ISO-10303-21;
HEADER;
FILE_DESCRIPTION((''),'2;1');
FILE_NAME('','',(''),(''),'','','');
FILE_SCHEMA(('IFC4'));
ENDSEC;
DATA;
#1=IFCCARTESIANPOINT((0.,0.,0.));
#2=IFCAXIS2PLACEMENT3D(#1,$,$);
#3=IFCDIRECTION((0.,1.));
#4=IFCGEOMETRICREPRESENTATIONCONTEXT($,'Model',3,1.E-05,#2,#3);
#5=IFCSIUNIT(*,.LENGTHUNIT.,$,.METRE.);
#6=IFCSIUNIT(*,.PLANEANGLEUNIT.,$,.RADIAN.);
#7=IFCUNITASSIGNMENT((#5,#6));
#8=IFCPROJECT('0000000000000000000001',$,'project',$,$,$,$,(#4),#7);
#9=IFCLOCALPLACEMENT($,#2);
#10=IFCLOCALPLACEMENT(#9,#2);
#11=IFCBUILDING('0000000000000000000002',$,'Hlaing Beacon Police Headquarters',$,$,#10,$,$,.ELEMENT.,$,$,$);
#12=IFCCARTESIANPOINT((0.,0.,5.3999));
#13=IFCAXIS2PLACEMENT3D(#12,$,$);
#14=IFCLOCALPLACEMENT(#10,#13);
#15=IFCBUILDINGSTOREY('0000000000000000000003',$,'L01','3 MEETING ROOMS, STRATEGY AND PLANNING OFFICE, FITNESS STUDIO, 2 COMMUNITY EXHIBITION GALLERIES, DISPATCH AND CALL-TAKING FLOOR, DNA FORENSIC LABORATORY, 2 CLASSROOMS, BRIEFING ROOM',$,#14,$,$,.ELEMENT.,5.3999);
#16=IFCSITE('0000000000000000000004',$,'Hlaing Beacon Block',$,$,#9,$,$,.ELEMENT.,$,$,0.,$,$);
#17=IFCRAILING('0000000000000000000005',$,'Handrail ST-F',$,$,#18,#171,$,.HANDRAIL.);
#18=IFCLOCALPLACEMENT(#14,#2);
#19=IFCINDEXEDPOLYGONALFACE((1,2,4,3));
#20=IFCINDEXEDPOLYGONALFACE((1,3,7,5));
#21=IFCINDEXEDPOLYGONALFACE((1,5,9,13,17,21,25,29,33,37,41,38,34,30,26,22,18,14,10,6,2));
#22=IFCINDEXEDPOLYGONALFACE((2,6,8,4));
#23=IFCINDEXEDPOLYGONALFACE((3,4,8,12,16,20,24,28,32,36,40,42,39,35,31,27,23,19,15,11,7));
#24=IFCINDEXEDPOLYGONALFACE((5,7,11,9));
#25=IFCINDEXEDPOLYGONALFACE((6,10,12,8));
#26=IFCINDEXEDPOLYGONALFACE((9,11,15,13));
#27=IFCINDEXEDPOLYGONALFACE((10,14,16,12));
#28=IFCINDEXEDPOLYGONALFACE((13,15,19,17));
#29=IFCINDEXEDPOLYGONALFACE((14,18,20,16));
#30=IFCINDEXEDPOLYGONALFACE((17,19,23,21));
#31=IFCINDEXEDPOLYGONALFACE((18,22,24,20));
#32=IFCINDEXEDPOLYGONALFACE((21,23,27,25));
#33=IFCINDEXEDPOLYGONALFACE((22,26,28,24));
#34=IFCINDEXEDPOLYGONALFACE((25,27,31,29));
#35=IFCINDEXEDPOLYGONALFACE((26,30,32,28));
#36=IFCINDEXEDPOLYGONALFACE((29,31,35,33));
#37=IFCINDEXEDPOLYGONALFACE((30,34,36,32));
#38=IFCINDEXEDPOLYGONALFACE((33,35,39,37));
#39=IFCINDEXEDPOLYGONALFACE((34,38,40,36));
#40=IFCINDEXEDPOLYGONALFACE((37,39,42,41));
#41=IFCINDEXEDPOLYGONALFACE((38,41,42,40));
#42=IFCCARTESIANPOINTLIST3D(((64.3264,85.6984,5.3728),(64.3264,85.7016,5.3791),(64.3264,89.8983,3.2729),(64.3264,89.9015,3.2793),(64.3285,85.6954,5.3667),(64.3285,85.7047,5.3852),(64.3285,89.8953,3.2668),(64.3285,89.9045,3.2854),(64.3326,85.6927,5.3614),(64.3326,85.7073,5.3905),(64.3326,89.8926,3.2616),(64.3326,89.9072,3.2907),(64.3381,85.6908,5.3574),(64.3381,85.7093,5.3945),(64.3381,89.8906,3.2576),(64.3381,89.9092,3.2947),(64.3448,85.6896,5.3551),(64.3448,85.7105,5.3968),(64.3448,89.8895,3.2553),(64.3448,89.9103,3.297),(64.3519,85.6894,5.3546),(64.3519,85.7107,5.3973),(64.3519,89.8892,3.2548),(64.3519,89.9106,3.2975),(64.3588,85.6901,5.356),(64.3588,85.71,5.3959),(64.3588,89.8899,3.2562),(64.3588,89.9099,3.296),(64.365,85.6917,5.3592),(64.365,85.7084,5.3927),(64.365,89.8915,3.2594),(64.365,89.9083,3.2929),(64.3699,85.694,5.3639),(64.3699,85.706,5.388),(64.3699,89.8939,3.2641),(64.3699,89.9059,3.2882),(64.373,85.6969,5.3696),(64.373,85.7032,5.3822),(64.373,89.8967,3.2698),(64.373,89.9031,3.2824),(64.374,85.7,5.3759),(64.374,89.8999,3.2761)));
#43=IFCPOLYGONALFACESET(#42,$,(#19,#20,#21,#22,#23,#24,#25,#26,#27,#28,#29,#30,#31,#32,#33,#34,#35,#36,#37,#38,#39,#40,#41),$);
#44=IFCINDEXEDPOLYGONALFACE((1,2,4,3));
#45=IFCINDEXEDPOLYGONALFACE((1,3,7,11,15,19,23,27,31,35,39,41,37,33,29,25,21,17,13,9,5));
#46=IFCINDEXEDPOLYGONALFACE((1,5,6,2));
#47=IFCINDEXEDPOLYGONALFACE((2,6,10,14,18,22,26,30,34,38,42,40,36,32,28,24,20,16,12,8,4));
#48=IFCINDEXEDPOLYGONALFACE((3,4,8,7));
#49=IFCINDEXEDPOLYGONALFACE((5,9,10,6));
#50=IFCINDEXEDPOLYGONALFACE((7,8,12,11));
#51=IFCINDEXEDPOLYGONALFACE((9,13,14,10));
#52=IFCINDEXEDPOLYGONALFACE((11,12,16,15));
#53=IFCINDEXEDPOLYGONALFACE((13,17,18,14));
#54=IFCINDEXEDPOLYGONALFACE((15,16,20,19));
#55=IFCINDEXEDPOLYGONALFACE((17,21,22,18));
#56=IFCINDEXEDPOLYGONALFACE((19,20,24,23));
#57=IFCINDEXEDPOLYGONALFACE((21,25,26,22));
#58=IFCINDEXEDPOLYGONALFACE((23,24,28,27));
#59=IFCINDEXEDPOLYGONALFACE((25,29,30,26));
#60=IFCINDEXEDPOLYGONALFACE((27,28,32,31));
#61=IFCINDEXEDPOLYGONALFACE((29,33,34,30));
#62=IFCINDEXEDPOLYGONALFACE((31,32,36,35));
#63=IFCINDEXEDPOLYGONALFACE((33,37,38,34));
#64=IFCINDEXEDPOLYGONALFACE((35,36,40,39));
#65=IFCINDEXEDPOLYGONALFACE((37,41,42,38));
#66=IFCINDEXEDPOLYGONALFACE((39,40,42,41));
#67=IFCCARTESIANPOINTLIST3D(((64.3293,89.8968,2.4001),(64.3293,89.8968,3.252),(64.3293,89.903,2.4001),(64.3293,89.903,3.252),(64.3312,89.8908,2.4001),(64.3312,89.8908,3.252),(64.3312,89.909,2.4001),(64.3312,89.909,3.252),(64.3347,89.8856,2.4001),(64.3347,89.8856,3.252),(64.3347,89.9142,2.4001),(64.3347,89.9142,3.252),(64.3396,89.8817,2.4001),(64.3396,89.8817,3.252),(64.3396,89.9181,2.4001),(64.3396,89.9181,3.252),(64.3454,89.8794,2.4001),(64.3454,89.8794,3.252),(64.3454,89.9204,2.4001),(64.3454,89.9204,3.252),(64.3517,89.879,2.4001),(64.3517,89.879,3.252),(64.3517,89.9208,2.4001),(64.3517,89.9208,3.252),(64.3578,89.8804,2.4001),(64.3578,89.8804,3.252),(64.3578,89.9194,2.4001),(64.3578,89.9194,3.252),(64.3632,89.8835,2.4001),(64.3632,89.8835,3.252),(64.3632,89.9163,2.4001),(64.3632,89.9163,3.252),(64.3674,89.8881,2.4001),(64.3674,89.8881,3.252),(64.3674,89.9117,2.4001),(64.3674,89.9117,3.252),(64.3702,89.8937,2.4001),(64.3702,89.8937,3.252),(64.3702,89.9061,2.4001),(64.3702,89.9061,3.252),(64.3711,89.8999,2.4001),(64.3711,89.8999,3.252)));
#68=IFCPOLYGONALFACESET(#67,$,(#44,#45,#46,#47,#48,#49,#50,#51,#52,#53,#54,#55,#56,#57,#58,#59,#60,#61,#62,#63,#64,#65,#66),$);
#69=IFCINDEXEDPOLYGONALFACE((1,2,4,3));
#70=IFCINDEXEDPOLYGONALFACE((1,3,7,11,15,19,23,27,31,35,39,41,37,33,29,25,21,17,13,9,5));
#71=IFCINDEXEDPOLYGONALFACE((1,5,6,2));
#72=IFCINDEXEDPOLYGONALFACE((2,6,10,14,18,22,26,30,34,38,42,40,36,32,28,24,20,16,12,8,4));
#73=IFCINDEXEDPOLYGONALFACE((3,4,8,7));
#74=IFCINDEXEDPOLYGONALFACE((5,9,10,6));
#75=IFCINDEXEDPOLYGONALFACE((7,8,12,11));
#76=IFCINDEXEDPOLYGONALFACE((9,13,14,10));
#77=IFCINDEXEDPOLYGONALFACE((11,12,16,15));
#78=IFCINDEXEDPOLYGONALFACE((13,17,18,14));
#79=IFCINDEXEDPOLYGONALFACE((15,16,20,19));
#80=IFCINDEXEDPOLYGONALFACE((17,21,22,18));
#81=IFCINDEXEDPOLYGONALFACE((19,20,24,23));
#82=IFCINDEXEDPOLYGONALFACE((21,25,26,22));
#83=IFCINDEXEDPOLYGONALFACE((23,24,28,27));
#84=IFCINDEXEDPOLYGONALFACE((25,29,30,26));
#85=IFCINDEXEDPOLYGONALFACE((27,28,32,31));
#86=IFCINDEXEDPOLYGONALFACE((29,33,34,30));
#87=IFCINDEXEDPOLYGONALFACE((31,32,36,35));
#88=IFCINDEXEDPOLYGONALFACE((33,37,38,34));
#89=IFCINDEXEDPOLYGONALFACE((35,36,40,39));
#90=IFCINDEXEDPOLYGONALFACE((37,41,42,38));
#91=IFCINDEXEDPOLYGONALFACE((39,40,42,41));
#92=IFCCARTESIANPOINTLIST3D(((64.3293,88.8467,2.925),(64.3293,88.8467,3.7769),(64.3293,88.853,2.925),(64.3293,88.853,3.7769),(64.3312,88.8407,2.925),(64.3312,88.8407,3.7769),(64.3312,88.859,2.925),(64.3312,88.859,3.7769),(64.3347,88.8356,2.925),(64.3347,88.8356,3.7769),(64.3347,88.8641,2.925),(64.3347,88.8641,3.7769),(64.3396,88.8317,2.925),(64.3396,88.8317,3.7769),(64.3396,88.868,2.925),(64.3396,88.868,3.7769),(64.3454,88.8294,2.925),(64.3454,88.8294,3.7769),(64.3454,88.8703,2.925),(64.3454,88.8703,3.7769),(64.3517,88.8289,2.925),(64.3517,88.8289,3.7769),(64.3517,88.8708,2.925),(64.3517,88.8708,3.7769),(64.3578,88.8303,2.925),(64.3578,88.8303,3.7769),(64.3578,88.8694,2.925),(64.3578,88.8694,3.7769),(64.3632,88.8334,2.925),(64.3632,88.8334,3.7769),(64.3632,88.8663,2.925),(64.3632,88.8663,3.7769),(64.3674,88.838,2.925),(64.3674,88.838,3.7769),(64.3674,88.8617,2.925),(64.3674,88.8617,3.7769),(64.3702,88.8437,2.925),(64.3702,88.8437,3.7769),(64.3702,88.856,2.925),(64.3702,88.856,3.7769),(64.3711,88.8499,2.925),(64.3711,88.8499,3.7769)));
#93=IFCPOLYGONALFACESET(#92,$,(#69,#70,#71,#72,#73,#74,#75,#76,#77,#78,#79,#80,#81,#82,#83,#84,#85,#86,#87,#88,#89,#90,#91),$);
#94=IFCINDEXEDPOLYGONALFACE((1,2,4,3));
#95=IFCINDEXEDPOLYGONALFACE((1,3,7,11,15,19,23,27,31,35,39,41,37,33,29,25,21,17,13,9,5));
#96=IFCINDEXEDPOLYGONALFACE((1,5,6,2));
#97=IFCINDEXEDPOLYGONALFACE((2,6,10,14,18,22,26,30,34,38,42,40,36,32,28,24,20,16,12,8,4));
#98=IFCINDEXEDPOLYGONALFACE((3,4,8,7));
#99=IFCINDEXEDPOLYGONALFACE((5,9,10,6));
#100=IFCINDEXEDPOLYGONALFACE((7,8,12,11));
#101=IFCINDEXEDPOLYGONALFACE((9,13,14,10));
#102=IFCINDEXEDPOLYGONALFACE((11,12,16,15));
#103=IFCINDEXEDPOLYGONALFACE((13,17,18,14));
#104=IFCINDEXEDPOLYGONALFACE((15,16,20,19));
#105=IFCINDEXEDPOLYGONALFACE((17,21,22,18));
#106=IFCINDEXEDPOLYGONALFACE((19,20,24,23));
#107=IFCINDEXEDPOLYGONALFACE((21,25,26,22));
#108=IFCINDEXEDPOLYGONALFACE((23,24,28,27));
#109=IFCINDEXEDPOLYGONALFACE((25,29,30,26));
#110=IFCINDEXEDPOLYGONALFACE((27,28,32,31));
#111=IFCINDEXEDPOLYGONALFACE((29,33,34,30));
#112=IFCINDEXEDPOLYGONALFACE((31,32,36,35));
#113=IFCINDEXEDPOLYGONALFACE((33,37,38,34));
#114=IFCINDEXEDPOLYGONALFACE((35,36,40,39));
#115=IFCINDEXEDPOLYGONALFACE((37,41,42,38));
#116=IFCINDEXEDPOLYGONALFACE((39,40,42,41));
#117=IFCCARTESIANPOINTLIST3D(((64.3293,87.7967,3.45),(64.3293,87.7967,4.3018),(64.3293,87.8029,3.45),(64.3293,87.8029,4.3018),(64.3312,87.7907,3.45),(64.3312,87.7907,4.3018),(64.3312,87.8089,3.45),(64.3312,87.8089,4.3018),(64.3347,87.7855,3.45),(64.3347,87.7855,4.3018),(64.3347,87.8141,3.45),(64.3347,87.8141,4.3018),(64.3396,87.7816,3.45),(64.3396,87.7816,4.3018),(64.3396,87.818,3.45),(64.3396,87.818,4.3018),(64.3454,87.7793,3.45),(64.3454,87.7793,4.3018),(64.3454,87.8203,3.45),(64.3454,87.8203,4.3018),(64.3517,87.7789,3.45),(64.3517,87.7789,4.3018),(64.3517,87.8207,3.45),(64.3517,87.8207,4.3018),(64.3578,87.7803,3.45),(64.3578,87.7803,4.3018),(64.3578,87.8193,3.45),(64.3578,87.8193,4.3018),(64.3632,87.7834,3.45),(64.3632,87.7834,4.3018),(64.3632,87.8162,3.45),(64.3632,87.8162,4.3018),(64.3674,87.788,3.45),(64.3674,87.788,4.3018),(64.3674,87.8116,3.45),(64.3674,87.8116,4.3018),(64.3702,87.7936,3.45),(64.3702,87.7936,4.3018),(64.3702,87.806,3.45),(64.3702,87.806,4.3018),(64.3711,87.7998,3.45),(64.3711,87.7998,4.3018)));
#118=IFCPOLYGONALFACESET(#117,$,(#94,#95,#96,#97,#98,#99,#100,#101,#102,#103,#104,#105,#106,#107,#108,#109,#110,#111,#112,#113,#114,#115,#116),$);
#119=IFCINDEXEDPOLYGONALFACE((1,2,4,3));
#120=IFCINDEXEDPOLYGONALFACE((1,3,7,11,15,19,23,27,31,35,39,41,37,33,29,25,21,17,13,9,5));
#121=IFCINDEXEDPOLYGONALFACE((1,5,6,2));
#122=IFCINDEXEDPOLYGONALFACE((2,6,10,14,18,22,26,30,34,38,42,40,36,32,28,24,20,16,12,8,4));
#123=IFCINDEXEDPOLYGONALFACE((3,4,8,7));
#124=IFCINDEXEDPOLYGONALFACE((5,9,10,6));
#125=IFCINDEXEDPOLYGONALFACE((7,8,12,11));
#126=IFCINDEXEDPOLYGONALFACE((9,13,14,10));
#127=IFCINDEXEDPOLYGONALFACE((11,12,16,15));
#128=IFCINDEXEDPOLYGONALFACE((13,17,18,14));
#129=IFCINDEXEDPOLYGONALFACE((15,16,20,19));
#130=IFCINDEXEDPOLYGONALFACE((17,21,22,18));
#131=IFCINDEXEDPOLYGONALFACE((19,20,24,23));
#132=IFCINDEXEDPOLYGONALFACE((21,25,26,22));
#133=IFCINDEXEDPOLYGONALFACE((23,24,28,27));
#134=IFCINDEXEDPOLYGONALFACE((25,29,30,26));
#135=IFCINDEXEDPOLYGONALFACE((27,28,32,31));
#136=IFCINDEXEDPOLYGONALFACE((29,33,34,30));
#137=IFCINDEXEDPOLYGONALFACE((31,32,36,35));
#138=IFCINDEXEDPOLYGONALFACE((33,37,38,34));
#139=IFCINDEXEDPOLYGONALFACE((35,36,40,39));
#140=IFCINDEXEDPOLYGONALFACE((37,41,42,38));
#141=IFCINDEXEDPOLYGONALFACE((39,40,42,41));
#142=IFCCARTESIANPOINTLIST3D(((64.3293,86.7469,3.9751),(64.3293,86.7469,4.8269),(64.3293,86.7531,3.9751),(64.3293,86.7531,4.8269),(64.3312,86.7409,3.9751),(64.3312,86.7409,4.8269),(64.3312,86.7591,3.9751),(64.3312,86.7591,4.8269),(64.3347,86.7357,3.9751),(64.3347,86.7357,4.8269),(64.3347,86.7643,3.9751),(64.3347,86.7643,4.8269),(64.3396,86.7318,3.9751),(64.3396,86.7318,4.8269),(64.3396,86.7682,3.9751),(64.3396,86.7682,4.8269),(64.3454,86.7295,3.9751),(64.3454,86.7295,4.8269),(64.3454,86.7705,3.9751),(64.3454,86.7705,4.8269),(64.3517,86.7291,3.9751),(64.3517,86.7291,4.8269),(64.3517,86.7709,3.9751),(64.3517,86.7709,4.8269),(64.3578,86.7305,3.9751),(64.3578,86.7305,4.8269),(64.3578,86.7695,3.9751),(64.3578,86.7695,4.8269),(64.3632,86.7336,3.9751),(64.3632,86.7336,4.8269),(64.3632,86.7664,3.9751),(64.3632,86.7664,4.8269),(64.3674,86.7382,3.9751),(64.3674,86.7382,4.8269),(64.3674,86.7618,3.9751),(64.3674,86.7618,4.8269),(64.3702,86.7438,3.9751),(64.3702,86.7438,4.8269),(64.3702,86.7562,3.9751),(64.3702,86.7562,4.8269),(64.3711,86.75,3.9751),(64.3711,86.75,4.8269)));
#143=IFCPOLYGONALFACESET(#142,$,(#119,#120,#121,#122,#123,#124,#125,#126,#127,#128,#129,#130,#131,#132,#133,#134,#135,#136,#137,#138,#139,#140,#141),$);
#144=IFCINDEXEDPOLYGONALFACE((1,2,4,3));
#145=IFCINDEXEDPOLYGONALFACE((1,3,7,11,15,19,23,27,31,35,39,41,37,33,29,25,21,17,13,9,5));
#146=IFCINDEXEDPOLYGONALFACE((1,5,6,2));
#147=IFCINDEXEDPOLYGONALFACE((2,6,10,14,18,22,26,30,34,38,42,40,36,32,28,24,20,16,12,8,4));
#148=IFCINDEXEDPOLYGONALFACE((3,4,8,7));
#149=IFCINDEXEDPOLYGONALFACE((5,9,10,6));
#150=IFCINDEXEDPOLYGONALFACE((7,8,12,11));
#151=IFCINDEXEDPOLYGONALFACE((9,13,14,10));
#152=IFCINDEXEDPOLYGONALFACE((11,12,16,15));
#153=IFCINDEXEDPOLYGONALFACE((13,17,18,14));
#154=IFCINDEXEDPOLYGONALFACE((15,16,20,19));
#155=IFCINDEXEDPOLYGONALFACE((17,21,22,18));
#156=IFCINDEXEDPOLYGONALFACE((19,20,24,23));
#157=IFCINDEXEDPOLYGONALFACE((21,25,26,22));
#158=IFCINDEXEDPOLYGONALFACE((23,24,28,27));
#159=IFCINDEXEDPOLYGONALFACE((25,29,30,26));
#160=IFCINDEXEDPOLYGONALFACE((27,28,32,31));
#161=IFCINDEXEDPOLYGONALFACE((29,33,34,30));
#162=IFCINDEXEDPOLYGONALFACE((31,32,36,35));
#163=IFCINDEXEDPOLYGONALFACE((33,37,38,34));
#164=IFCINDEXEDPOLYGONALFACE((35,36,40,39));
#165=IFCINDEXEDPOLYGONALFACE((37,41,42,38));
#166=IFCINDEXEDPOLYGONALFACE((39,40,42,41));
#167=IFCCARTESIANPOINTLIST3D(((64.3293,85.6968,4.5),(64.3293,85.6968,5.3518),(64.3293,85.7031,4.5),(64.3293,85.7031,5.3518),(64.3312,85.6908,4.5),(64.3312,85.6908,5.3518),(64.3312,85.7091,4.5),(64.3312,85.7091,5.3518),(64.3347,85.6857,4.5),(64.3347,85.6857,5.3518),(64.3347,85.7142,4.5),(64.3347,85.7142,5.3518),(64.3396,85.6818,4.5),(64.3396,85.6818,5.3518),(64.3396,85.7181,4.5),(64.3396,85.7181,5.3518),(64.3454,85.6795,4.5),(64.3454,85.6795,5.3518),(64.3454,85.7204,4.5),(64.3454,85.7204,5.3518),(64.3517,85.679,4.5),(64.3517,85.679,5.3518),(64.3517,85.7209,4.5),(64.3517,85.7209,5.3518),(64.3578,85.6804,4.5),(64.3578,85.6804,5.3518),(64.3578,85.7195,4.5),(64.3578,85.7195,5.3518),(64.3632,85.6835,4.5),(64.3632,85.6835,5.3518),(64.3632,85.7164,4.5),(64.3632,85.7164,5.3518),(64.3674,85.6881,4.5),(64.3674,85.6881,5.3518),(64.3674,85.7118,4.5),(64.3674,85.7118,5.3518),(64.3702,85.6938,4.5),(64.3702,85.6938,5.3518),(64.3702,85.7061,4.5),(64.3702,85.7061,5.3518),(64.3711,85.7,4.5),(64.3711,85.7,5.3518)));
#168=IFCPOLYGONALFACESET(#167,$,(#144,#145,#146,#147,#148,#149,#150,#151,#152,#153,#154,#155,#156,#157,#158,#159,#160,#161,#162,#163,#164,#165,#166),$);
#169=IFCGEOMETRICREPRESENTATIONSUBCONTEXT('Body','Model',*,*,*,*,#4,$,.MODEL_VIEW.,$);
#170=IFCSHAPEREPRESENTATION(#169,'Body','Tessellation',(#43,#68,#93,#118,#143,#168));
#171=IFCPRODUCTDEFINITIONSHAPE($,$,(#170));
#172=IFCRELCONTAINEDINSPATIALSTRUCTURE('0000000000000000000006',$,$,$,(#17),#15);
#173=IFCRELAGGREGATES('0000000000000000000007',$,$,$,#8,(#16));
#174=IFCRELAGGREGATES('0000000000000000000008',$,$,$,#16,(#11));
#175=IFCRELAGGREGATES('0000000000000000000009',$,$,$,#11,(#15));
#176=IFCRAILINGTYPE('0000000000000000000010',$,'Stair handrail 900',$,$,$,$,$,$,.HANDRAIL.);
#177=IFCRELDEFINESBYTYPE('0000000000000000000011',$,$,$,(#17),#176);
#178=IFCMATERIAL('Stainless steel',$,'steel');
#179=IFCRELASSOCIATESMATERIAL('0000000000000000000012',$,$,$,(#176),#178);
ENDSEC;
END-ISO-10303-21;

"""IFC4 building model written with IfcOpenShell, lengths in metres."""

from ifc_helpers import new_model, si_unit, direction, frame, origin, origin_2d, place, context, subcontext, project, spatial, circle, extrude, material, type_object, element, save


model = new_model("IFC4")

# Units and contexts
model_context = context("Model", 3, precision=1e-05, world=origin(), true_north=direction((0.0, 1.0)))
body_context = subcontext(model_context, "Body", "Model", "MODEL_VIEW")
ifc_project = project(units=[si_unit("LENGTHUNIT", "METRE"), si_unit("PLANEANGLEUNIT", "RADIAN")], contexts=[model_context])

# Site, building, storey
site_placement = place(None, origin())
site = spatial("IfcSite", under=ifc_project, at=site_placement, Name="Hlaing Beacon Block", CompositionType="ELEMENT", RefElevation=0.0)
building_placement = place(site_placement, origin())
building = spatial("IfcBuilding", under=site, at=building_placement, Name="Hlaing Beacon Police Headquarters", CompositionType="ELEMENT")
storey_placement = place(building_placement, frame((0.0, 0.0, 5.3999)))
storey = spatial("IfcBuildingStorey", under=building, at=storey_placement, Name="L01", Description="3 MEETING ROOMS, STRATEGY AND PLANNING OFFICE, FITNESS STUDIO, 2 COMMUNITY EXHIBITION GALLERIES, DISPATCH AND CALL-TAKING FLOOR, DNA FORENSIC LABORATORY, 2 CLASSROOMS, BRIEFING ROOM", CompositionType="ELEMENT", Elevation=5.3999)

# Railing
ifc_material_1 = material(Name="Stainless steel", Category="steel")
railing_type_1 = type_object("IfcRailingType", Name="Stair handrail 900", PredefinedType="HANDRAIL", material=ifc_material_1)
for number, where, name in (
    (1, (64.3501, 89.8999, 2.4001), "Handrail ST-F"),
):
    element("IfcRailing", number, at=place(storey_placement, frame(where)), inside=storey, type_object=railing_type_1, Name=name, PredefinedType="HANDRAIL", context=body_context, shape_type="SweptSolid", body=[
        extrude(circle(Radius=0.0239, at=origin_2d()), frame((0.0, 0.0, 0.876), z_axis=(0.0, -0.894438, 0.447193), x_axis=(1.0, 0.0, 0.0)), (0.0, 0.0, 1.0), 4.6956),
        extrude(circle(Radius=0.021, at=origin_2d()), origin(), (0.0, 0.0, 1.0), 0.8518),
        extrude(circle(Radius=0.021, at=origin_2d()), frame((0.0, -1.05, 0.5249)), (0.0, 0.0, 1.0), 0.8518),
        extrude(circle(Radius=0.021, at=origin_2d()), frame((0.0, -2.1001, 1.0498)), (0.0, 0.0, 1.0), 0.8518),
        extrude(circle(Radius=0.021, at=origin_2d()), frame((0.0, -3.1499, 1.575)), (0.0, 0.0, 1.0), 0.8518),
        extrude(circle(Radius=0.021, at=origin_2d()), frame((0.0, -4.2, 2.0999)), (0.0, 0.0, 1.0), 0.8518),
    ])

save(model, "model.ifc")
